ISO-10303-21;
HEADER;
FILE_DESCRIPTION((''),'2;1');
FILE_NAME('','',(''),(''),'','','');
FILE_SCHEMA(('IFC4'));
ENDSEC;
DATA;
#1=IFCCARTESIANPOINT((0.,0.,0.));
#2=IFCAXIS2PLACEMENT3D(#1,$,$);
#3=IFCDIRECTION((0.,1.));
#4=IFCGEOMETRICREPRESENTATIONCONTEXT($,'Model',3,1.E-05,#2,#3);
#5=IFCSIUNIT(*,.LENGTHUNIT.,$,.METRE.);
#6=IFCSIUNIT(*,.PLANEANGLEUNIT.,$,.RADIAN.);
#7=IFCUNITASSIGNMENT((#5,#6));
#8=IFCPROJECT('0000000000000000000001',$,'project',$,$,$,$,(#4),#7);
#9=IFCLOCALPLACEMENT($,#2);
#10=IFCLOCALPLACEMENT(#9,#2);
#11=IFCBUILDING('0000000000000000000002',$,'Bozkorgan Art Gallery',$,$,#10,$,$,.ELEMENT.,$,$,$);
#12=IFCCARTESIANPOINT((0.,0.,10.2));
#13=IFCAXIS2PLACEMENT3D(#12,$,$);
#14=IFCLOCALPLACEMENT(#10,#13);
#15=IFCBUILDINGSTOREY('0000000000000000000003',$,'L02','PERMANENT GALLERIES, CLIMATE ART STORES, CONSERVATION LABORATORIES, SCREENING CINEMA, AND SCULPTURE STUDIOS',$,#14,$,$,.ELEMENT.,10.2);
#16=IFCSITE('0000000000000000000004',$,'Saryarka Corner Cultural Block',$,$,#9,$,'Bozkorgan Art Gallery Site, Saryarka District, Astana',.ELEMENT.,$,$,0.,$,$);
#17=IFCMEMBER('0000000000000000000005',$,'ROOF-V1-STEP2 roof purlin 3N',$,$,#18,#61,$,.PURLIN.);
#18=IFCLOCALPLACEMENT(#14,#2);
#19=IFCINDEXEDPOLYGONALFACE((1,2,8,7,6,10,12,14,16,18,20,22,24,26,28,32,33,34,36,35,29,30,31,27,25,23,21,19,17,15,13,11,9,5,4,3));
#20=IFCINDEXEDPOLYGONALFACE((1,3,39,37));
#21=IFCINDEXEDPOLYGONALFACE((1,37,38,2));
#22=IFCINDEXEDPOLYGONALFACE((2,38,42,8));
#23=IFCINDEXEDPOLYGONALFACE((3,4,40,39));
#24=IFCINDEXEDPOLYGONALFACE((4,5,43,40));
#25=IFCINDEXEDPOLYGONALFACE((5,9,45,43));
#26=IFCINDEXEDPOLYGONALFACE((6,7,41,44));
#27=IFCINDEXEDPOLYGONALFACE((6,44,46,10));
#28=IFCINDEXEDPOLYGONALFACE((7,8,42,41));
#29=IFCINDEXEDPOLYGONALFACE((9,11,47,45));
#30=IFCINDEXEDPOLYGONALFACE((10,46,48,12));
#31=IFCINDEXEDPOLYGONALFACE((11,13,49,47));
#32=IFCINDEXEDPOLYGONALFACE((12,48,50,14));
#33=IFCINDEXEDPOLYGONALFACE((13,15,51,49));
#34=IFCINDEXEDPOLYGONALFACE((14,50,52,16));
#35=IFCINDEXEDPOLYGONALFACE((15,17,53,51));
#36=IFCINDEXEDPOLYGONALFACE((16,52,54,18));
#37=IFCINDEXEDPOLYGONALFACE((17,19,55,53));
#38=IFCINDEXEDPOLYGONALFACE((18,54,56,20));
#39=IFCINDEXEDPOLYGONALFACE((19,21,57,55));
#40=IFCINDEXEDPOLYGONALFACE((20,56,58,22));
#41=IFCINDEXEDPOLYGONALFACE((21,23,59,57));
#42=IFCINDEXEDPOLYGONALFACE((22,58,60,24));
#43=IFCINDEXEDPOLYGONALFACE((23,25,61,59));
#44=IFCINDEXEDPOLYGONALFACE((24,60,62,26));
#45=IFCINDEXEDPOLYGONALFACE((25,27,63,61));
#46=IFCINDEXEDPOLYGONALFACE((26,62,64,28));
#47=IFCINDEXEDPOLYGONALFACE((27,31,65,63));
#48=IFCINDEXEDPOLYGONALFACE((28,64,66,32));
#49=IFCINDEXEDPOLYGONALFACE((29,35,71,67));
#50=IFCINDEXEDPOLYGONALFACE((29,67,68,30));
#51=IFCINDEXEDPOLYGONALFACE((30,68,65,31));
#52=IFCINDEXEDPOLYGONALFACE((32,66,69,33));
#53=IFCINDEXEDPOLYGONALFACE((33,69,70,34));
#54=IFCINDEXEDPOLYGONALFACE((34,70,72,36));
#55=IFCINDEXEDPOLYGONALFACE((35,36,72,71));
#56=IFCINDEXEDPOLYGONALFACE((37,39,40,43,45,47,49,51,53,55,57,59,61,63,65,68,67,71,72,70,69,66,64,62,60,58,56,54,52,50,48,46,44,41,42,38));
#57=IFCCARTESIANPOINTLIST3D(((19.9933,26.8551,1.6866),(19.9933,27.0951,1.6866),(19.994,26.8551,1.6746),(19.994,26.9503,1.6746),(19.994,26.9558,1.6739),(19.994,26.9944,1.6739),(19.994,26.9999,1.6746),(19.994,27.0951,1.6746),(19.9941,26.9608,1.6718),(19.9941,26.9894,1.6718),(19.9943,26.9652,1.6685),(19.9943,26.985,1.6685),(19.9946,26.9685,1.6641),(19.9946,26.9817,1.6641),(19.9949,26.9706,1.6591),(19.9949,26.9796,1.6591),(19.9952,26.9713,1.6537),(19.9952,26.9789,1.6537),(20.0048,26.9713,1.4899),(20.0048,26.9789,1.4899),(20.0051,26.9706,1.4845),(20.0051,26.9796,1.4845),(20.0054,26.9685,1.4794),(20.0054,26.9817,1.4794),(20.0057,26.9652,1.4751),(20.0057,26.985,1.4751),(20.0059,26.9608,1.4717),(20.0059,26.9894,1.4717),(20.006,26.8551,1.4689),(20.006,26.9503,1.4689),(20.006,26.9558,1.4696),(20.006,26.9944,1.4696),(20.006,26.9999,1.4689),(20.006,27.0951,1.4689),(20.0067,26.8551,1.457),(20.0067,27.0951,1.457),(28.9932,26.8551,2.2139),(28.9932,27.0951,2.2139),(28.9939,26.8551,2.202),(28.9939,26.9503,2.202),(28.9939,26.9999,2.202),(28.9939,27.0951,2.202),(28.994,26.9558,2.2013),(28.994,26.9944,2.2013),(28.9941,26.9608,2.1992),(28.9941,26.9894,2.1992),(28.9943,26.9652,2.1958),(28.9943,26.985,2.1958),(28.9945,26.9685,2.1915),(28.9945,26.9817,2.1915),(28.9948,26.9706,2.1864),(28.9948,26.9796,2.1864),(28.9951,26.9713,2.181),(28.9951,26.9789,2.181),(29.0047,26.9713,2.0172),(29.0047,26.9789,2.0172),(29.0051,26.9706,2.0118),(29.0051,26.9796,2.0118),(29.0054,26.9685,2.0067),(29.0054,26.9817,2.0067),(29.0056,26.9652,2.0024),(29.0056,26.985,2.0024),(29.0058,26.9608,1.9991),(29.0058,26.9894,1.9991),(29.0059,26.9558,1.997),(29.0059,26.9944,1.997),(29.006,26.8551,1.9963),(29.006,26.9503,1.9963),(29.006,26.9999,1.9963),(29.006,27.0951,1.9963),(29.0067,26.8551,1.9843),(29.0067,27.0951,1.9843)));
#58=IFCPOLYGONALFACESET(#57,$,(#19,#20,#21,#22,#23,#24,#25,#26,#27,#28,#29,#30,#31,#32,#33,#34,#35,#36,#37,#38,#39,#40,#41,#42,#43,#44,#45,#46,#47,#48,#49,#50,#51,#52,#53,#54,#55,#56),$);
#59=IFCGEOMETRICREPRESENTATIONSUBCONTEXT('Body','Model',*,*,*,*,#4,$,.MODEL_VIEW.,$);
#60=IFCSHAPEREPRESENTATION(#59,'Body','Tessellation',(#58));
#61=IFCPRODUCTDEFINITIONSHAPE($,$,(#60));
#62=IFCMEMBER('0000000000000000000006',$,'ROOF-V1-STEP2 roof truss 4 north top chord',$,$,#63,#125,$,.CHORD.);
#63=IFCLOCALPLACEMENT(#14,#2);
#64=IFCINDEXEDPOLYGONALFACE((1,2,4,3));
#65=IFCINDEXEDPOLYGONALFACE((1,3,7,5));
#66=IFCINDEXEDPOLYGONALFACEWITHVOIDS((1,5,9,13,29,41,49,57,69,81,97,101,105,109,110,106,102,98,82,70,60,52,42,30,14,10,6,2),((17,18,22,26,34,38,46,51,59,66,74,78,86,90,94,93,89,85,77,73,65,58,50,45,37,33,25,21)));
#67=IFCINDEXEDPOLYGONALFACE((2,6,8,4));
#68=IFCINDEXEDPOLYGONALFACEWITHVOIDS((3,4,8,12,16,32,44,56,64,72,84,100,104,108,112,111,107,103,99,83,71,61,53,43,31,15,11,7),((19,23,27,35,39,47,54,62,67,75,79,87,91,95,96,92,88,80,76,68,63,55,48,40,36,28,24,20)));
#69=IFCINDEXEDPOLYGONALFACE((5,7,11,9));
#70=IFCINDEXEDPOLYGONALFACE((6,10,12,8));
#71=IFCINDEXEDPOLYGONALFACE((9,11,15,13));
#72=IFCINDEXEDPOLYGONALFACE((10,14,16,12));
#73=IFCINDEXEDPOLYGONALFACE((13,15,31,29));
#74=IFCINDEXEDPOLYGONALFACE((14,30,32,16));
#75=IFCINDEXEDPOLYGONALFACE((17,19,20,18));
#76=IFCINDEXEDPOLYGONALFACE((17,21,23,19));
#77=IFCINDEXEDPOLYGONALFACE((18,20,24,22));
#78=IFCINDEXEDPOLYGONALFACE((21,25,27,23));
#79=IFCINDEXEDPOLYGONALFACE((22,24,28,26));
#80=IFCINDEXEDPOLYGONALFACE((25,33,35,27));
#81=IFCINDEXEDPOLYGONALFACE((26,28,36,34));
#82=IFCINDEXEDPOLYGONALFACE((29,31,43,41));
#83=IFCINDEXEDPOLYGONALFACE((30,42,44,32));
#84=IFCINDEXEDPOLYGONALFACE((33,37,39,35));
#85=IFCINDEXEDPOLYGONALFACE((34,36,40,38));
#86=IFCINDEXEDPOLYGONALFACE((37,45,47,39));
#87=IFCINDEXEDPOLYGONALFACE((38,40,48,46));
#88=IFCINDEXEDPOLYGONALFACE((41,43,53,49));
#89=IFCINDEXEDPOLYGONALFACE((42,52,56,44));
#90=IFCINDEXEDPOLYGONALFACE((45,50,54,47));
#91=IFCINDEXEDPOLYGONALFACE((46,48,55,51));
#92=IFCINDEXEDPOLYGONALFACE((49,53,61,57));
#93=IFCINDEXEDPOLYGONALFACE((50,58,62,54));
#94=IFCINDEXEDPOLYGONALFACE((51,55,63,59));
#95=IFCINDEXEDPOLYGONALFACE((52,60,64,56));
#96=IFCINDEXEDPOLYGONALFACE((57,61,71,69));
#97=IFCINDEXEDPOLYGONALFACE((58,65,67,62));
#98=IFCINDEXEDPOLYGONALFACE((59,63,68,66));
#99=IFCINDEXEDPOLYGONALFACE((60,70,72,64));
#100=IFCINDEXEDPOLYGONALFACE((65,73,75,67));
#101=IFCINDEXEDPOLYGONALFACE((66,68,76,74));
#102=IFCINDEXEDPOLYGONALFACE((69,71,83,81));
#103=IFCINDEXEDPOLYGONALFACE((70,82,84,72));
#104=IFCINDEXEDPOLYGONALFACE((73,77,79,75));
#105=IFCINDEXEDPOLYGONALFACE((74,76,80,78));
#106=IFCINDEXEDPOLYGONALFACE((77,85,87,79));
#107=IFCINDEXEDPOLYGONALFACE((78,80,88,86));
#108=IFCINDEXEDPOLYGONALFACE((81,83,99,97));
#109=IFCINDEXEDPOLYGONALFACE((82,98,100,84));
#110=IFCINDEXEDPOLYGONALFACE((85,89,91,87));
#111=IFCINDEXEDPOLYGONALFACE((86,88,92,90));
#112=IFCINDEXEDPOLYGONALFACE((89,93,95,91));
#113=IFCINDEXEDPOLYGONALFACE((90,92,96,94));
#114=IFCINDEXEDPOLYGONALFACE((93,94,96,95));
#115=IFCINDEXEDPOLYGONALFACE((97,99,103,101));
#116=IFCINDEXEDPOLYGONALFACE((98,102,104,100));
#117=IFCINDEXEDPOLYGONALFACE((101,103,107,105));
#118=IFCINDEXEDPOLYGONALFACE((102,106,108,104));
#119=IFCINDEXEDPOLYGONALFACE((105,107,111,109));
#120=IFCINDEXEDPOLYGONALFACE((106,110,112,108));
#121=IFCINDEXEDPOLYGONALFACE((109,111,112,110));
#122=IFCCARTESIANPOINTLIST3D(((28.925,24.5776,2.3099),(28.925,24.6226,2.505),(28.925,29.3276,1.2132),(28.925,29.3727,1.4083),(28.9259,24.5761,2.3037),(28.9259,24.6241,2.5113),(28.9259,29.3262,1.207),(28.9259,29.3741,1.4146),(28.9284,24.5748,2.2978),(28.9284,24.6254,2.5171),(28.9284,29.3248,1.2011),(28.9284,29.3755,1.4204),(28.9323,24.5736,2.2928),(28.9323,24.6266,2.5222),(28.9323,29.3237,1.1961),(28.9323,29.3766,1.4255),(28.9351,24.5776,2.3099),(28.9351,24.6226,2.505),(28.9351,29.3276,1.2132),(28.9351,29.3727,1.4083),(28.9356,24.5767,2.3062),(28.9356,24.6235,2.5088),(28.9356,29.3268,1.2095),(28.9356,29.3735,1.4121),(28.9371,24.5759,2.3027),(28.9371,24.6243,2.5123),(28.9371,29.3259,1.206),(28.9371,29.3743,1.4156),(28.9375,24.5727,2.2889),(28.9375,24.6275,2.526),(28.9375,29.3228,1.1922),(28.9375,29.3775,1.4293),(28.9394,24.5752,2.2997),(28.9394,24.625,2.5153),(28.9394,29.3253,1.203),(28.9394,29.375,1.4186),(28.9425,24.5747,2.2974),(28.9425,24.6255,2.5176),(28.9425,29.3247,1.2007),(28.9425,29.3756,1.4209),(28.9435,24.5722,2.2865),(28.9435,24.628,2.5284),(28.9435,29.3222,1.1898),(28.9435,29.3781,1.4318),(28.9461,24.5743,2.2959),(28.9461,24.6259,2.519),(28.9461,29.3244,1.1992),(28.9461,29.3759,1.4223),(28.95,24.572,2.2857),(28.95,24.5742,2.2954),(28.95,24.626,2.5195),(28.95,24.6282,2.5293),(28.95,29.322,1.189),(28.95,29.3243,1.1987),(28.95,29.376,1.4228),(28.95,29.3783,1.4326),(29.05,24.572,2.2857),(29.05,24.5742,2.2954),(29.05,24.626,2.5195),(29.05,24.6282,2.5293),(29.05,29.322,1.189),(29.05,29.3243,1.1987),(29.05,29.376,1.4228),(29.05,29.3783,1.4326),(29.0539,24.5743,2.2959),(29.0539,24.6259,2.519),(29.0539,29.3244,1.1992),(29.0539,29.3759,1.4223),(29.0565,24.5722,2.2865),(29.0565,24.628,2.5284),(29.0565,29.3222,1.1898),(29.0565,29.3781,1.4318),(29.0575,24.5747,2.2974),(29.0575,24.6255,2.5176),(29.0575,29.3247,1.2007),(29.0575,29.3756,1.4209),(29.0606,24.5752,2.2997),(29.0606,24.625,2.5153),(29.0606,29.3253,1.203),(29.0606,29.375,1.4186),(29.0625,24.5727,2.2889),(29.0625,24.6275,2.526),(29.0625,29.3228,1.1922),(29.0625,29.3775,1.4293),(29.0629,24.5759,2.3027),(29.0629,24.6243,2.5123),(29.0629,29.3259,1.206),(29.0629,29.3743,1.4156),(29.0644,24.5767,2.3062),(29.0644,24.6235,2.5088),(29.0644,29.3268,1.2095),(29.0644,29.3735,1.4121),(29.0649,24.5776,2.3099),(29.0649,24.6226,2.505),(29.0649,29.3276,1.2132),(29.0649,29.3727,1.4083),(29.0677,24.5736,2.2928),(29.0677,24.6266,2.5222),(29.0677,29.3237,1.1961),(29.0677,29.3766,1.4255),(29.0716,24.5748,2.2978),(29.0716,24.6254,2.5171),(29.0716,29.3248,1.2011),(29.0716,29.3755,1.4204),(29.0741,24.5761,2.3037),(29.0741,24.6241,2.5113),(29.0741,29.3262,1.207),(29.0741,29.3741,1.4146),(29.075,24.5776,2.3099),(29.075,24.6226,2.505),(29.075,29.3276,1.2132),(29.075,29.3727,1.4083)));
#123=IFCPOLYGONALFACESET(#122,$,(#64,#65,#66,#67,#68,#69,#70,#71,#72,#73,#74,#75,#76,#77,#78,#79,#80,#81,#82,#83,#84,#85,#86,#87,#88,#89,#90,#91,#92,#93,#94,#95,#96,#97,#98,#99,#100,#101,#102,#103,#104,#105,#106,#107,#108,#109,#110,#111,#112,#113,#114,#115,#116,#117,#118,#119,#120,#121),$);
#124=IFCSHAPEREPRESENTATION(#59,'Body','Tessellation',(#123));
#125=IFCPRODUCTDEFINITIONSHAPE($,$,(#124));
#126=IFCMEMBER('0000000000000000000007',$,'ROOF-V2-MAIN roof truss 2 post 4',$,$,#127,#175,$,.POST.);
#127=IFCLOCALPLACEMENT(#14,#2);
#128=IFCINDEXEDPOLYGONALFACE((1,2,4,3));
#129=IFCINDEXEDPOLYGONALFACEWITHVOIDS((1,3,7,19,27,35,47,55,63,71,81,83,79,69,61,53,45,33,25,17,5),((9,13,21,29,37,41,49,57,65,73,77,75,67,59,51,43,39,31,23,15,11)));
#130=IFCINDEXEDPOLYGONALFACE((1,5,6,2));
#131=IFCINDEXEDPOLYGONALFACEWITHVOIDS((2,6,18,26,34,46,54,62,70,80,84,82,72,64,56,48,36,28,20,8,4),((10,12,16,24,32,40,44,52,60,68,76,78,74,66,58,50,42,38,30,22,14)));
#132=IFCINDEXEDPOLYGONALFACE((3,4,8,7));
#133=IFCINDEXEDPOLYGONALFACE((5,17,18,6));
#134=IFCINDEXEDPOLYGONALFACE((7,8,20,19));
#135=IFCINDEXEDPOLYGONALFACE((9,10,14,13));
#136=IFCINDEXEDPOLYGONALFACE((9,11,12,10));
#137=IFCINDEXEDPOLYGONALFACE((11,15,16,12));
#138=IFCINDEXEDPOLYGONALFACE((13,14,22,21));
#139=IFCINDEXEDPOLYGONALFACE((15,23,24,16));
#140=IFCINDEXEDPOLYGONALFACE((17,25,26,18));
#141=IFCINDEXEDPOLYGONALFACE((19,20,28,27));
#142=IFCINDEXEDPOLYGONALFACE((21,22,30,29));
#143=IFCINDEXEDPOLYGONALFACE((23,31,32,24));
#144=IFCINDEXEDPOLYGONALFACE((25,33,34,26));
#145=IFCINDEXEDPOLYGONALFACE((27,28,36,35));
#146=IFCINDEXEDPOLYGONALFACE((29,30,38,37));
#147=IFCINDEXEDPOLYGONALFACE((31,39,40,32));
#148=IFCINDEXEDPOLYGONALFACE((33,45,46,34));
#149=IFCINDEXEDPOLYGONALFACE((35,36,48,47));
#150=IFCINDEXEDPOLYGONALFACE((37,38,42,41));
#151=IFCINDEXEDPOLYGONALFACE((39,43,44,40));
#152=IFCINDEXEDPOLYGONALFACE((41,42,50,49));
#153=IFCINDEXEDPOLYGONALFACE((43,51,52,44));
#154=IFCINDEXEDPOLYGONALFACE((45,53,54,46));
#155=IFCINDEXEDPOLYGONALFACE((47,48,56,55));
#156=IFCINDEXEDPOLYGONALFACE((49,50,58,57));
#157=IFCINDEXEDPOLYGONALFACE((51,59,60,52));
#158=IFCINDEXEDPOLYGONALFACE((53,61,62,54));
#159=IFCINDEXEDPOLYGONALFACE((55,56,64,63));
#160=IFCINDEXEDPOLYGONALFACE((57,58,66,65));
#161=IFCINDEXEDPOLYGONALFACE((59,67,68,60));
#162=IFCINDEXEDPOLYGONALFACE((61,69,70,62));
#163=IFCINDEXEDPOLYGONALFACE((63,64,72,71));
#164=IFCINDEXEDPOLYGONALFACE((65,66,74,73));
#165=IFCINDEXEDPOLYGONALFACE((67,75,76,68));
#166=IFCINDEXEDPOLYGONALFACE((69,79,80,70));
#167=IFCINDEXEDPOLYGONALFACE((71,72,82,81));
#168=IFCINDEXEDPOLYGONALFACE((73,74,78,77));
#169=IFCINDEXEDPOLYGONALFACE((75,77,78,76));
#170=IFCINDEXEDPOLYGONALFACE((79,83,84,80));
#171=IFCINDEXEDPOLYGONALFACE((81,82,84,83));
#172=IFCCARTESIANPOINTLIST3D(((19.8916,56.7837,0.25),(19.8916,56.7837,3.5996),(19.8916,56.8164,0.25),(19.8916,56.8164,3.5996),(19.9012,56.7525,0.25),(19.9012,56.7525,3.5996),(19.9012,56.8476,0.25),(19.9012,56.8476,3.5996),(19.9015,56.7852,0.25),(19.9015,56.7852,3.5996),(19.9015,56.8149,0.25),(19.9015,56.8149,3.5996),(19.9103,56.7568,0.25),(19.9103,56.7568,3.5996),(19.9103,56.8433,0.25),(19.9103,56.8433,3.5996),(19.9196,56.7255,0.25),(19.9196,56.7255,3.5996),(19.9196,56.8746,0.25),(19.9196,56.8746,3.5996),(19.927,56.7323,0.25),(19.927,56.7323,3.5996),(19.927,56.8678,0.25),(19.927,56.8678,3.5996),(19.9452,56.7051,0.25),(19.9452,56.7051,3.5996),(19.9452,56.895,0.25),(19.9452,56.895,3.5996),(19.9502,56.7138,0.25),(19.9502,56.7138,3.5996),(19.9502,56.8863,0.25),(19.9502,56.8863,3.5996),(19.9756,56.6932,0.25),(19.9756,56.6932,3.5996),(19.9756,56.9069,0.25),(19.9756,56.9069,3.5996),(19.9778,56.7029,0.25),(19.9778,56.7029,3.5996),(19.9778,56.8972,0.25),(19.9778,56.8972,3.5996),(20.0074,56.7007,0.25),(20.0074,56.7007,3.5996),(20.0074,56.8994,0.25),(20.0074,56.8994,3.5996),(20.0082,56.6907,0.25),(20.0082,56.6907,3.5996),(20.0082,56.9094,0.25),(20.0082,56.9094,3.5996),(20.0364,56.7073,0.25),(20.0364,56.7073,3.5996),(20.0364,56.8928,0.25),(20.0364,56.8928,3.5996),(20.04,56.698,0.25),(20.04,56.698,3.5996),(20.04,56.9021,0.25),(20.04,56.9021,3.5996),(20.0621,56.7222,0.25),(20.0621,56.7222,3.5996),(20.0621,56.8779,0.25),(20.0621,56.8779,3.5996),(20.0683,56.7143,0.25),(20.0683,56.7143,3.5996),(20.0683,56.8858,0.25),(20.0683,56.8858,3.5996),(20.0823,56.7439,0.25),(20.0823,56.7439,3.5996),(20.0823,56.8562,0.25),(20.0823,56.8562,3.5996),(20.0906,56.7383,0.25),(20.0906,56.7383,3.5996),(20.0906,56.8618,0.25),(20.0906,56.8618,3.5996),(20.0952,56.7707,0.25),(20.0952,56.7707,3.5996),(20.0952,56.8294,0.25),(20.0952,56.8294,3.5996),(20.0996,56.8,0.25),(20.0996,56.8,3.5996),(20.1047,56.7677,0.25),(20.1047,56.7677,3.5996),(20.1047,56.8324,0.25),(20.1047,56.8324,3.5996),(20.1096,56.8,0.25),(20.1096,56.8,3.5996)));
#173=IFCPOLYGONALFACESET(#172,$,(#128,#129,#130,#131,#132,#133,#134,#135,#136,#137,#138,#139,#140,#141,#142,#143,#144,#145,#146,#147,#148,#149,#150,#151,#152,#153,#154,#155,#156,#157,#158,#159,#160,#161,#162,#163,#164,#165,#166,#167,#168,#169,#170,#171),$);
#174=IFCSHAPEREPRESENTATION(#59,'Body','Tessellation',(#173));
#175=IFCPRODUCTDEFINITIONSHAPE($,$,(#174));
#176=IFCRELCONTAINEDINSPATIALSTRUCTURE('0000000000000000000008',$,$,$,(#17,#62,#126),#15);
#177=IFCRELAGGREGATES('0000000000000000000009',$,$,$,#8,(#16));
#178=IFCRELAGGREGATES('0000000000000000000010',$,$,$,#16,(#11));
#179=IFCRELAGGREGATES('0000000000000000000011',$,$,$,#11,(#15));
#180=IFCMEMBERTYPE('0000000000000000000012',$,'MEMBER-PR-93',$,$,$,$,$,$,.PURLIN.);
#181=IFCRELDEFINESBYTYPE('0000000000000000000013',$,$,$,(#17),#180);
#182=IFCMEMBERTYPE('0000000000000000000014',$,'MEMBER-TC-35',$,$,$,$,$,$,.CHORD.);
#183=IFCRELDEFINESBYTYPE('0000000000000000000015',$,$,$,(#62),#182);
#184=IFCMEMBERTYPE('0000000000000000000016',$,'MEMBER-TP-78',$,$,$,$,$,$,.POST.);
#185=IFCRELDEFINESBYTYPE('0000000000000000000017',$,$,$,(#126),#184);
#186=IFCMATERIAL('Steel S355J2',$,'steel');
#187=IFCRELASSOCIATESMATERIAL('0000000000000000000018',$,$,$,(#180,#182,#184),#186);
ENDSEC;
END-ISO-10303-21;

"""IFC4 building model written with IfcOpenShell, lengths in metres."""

from ifc_helpers import new_model, si_unit, direction, frame, origin, origin_2d, place, context, subcontext, project, spatial, hollow_rectangle, hollow_circle, i_section, extrude, material, material_profile, profile_set, type_object, element, save


model = new_model("IFC4")

# Units and contexts
model_context = context("Model", 3, precision=1e-05, world=origin(), true_north=direction((0.0, 1.0)))
body_context = subcontext(model_context, "Body", "Model", "MODEL_VIEW")
ifc_project = project(units=[si_unit("LENGTHUNIT", "METRE"), si_unit("PLANEANGLEUNIT", "RADIAN")], contexts=[model_context])

# Site, building, storey
site_placement = place(None, origin())
site = spatial("IfcSite", under=ifc_project, at=site_placement, Name="Saryarka Corner Cultural Block", LongName="Bozkorgan Art Gallery Site, Saryarka District, Astana", CompositionType="ELEMENT", RefElevation=0.0)
building_placement = place(site_placement, origin())
building = spatial("IfcBuilding", under=site, at=building_placement, Name="Bozkorgan Art Gallery", CompositionType="ELEMENT")
storey_placement = place(building_placement, frame((0.0, 0.0, 10.2)))
storey = spatial("IfcBuildingStorey", under=building, at=storey_placement, Name="L02", Description="PERMANENT GALLERIES, CLIMATE ART STORES, CONSERVATION LABORATORIES, SCREENING CINEMA, AND SCULPTURE STUDIOS", CompositionType="ELEMENT", Elevation=10.2)

# Shared definitions
ifc_material = material(Name="Steel S355J2", Category="steel")

# Members
ifc_material_profile_1 = material_profile(ifc_material, i_section(OverallWidth=0.24, OverallDepth=0.23, WebThickness=0.0076, FlangeThickness=0.012, FilletRadius=0.021, at=origin_2d()), Name="HEA 240")
ifc_profile_set_1 = profile_set([ifc_material_profile_1], Name="Steel S355J2")
member_type_1 = type_object("IfcMemberType", Name="MEMBER-PR-93", PredefinedType="PURLIN", material=ifc_profile_set_1)
member_1_placement = place(storey_placement, frame((20.0, 26.9751, 1.5718), z_axis=(0.998288, 0.0, 0.058493), x_axis=(0.0, 1.0, 0.0)))
element("IfcMember", 1, at=member_1_placement, inside=storey, type_object=member_type_1, Name="ROOF-V1-STEP2 roof purlin 3N", PredefinedType="PURLIN", context=body_context, shape_type="SweptSolid", body=[
    extrude(i_section(OverallWidth=0.24, OverallDepth=0.23, WebThickness=0.0076, FlangeThickness=0.012, FilletRadius=0.021, at=origin_2d()), origin(), (0.0, 0.0, 1.0), 9.0154),
])
ifc_material_profile_2 = material_profile(ifc_material, hollow_rectangle(XDim=0.1499, YDim=0.25, WallThickness=0.01, InnerFilletRadius=0.0149, OuterFilletRadius=0.0249, at=origin_2d()), Name="RHS 250x150x10")
ifc_profile_set_2 = profile_set([ifc_material_profile_2], Name="Steel S355J2")
member_type_2 = type_object("IfcMemberType", Name="MEMBER-TC-35", PredefinedType="CHORD", material=ifc_profile_set_2)
member_2_placement = place(storey_placement, frame((29.0, 24.6001, 2.4075), z_axis=(0.0, 0.974368, -0.224962), x_axis=(-1.0, 0.0, 0.0)))
element("IfcMember", 2, at=member_2_placement, inside=storey, type_object=member_type_2, Name="ROOF-V1-STEP2 roof truss 4 north top chord", PredefinedType="CHORD", context=body_context, shape_type="SweptSolid", body=[
    extrude(hollow_rectangle(XDim=0.1499, YDim=0.25, WallThickness=0.01, InnerFilletRadius=0.0149, OuterFilletRadius=0.0249, at=origin_2d()), origin(), (0.0, 0.0, 1.0), 4.875),
])
ifc_material_profile_3 = material_profile(ifc_material, hollow_circle(Radius=0.1096, WallThickness=0.01, at=origin_2d()), Name="CHS 219.1x10")
ifc_profile_set_3 = profile_set([ifc_material_profile_3], Name="Steel S355J2")
member_type_3 = type_object("IfcMemberType", Name="MEMBER-TP-78", PredefinedType="POST", material=ifc_profile_set_3)
member_3_placement = place(storey_placement, frame((20.0, 56.8, 0.25), z_axis=(0.0, 0.0, 1.0), x_axis=(1.0, 0.0, 0.0)))
element("IfcMember", 3, at=member_3_placement, inside=storey, type_object=member_type_3, Name="ROOF-V2-MAIN roof truss 2 post 4", PredefinedType="POST", context=body_context, shape_type="SweptSolid", body=[
    extrude(hollow_circle(Radius=0.1096, WallThickness=0.01, at=origin_2d()), origin(), (0.0, 0.0, 1.0), 3.3496),
])

save(model, "model.ifc")
